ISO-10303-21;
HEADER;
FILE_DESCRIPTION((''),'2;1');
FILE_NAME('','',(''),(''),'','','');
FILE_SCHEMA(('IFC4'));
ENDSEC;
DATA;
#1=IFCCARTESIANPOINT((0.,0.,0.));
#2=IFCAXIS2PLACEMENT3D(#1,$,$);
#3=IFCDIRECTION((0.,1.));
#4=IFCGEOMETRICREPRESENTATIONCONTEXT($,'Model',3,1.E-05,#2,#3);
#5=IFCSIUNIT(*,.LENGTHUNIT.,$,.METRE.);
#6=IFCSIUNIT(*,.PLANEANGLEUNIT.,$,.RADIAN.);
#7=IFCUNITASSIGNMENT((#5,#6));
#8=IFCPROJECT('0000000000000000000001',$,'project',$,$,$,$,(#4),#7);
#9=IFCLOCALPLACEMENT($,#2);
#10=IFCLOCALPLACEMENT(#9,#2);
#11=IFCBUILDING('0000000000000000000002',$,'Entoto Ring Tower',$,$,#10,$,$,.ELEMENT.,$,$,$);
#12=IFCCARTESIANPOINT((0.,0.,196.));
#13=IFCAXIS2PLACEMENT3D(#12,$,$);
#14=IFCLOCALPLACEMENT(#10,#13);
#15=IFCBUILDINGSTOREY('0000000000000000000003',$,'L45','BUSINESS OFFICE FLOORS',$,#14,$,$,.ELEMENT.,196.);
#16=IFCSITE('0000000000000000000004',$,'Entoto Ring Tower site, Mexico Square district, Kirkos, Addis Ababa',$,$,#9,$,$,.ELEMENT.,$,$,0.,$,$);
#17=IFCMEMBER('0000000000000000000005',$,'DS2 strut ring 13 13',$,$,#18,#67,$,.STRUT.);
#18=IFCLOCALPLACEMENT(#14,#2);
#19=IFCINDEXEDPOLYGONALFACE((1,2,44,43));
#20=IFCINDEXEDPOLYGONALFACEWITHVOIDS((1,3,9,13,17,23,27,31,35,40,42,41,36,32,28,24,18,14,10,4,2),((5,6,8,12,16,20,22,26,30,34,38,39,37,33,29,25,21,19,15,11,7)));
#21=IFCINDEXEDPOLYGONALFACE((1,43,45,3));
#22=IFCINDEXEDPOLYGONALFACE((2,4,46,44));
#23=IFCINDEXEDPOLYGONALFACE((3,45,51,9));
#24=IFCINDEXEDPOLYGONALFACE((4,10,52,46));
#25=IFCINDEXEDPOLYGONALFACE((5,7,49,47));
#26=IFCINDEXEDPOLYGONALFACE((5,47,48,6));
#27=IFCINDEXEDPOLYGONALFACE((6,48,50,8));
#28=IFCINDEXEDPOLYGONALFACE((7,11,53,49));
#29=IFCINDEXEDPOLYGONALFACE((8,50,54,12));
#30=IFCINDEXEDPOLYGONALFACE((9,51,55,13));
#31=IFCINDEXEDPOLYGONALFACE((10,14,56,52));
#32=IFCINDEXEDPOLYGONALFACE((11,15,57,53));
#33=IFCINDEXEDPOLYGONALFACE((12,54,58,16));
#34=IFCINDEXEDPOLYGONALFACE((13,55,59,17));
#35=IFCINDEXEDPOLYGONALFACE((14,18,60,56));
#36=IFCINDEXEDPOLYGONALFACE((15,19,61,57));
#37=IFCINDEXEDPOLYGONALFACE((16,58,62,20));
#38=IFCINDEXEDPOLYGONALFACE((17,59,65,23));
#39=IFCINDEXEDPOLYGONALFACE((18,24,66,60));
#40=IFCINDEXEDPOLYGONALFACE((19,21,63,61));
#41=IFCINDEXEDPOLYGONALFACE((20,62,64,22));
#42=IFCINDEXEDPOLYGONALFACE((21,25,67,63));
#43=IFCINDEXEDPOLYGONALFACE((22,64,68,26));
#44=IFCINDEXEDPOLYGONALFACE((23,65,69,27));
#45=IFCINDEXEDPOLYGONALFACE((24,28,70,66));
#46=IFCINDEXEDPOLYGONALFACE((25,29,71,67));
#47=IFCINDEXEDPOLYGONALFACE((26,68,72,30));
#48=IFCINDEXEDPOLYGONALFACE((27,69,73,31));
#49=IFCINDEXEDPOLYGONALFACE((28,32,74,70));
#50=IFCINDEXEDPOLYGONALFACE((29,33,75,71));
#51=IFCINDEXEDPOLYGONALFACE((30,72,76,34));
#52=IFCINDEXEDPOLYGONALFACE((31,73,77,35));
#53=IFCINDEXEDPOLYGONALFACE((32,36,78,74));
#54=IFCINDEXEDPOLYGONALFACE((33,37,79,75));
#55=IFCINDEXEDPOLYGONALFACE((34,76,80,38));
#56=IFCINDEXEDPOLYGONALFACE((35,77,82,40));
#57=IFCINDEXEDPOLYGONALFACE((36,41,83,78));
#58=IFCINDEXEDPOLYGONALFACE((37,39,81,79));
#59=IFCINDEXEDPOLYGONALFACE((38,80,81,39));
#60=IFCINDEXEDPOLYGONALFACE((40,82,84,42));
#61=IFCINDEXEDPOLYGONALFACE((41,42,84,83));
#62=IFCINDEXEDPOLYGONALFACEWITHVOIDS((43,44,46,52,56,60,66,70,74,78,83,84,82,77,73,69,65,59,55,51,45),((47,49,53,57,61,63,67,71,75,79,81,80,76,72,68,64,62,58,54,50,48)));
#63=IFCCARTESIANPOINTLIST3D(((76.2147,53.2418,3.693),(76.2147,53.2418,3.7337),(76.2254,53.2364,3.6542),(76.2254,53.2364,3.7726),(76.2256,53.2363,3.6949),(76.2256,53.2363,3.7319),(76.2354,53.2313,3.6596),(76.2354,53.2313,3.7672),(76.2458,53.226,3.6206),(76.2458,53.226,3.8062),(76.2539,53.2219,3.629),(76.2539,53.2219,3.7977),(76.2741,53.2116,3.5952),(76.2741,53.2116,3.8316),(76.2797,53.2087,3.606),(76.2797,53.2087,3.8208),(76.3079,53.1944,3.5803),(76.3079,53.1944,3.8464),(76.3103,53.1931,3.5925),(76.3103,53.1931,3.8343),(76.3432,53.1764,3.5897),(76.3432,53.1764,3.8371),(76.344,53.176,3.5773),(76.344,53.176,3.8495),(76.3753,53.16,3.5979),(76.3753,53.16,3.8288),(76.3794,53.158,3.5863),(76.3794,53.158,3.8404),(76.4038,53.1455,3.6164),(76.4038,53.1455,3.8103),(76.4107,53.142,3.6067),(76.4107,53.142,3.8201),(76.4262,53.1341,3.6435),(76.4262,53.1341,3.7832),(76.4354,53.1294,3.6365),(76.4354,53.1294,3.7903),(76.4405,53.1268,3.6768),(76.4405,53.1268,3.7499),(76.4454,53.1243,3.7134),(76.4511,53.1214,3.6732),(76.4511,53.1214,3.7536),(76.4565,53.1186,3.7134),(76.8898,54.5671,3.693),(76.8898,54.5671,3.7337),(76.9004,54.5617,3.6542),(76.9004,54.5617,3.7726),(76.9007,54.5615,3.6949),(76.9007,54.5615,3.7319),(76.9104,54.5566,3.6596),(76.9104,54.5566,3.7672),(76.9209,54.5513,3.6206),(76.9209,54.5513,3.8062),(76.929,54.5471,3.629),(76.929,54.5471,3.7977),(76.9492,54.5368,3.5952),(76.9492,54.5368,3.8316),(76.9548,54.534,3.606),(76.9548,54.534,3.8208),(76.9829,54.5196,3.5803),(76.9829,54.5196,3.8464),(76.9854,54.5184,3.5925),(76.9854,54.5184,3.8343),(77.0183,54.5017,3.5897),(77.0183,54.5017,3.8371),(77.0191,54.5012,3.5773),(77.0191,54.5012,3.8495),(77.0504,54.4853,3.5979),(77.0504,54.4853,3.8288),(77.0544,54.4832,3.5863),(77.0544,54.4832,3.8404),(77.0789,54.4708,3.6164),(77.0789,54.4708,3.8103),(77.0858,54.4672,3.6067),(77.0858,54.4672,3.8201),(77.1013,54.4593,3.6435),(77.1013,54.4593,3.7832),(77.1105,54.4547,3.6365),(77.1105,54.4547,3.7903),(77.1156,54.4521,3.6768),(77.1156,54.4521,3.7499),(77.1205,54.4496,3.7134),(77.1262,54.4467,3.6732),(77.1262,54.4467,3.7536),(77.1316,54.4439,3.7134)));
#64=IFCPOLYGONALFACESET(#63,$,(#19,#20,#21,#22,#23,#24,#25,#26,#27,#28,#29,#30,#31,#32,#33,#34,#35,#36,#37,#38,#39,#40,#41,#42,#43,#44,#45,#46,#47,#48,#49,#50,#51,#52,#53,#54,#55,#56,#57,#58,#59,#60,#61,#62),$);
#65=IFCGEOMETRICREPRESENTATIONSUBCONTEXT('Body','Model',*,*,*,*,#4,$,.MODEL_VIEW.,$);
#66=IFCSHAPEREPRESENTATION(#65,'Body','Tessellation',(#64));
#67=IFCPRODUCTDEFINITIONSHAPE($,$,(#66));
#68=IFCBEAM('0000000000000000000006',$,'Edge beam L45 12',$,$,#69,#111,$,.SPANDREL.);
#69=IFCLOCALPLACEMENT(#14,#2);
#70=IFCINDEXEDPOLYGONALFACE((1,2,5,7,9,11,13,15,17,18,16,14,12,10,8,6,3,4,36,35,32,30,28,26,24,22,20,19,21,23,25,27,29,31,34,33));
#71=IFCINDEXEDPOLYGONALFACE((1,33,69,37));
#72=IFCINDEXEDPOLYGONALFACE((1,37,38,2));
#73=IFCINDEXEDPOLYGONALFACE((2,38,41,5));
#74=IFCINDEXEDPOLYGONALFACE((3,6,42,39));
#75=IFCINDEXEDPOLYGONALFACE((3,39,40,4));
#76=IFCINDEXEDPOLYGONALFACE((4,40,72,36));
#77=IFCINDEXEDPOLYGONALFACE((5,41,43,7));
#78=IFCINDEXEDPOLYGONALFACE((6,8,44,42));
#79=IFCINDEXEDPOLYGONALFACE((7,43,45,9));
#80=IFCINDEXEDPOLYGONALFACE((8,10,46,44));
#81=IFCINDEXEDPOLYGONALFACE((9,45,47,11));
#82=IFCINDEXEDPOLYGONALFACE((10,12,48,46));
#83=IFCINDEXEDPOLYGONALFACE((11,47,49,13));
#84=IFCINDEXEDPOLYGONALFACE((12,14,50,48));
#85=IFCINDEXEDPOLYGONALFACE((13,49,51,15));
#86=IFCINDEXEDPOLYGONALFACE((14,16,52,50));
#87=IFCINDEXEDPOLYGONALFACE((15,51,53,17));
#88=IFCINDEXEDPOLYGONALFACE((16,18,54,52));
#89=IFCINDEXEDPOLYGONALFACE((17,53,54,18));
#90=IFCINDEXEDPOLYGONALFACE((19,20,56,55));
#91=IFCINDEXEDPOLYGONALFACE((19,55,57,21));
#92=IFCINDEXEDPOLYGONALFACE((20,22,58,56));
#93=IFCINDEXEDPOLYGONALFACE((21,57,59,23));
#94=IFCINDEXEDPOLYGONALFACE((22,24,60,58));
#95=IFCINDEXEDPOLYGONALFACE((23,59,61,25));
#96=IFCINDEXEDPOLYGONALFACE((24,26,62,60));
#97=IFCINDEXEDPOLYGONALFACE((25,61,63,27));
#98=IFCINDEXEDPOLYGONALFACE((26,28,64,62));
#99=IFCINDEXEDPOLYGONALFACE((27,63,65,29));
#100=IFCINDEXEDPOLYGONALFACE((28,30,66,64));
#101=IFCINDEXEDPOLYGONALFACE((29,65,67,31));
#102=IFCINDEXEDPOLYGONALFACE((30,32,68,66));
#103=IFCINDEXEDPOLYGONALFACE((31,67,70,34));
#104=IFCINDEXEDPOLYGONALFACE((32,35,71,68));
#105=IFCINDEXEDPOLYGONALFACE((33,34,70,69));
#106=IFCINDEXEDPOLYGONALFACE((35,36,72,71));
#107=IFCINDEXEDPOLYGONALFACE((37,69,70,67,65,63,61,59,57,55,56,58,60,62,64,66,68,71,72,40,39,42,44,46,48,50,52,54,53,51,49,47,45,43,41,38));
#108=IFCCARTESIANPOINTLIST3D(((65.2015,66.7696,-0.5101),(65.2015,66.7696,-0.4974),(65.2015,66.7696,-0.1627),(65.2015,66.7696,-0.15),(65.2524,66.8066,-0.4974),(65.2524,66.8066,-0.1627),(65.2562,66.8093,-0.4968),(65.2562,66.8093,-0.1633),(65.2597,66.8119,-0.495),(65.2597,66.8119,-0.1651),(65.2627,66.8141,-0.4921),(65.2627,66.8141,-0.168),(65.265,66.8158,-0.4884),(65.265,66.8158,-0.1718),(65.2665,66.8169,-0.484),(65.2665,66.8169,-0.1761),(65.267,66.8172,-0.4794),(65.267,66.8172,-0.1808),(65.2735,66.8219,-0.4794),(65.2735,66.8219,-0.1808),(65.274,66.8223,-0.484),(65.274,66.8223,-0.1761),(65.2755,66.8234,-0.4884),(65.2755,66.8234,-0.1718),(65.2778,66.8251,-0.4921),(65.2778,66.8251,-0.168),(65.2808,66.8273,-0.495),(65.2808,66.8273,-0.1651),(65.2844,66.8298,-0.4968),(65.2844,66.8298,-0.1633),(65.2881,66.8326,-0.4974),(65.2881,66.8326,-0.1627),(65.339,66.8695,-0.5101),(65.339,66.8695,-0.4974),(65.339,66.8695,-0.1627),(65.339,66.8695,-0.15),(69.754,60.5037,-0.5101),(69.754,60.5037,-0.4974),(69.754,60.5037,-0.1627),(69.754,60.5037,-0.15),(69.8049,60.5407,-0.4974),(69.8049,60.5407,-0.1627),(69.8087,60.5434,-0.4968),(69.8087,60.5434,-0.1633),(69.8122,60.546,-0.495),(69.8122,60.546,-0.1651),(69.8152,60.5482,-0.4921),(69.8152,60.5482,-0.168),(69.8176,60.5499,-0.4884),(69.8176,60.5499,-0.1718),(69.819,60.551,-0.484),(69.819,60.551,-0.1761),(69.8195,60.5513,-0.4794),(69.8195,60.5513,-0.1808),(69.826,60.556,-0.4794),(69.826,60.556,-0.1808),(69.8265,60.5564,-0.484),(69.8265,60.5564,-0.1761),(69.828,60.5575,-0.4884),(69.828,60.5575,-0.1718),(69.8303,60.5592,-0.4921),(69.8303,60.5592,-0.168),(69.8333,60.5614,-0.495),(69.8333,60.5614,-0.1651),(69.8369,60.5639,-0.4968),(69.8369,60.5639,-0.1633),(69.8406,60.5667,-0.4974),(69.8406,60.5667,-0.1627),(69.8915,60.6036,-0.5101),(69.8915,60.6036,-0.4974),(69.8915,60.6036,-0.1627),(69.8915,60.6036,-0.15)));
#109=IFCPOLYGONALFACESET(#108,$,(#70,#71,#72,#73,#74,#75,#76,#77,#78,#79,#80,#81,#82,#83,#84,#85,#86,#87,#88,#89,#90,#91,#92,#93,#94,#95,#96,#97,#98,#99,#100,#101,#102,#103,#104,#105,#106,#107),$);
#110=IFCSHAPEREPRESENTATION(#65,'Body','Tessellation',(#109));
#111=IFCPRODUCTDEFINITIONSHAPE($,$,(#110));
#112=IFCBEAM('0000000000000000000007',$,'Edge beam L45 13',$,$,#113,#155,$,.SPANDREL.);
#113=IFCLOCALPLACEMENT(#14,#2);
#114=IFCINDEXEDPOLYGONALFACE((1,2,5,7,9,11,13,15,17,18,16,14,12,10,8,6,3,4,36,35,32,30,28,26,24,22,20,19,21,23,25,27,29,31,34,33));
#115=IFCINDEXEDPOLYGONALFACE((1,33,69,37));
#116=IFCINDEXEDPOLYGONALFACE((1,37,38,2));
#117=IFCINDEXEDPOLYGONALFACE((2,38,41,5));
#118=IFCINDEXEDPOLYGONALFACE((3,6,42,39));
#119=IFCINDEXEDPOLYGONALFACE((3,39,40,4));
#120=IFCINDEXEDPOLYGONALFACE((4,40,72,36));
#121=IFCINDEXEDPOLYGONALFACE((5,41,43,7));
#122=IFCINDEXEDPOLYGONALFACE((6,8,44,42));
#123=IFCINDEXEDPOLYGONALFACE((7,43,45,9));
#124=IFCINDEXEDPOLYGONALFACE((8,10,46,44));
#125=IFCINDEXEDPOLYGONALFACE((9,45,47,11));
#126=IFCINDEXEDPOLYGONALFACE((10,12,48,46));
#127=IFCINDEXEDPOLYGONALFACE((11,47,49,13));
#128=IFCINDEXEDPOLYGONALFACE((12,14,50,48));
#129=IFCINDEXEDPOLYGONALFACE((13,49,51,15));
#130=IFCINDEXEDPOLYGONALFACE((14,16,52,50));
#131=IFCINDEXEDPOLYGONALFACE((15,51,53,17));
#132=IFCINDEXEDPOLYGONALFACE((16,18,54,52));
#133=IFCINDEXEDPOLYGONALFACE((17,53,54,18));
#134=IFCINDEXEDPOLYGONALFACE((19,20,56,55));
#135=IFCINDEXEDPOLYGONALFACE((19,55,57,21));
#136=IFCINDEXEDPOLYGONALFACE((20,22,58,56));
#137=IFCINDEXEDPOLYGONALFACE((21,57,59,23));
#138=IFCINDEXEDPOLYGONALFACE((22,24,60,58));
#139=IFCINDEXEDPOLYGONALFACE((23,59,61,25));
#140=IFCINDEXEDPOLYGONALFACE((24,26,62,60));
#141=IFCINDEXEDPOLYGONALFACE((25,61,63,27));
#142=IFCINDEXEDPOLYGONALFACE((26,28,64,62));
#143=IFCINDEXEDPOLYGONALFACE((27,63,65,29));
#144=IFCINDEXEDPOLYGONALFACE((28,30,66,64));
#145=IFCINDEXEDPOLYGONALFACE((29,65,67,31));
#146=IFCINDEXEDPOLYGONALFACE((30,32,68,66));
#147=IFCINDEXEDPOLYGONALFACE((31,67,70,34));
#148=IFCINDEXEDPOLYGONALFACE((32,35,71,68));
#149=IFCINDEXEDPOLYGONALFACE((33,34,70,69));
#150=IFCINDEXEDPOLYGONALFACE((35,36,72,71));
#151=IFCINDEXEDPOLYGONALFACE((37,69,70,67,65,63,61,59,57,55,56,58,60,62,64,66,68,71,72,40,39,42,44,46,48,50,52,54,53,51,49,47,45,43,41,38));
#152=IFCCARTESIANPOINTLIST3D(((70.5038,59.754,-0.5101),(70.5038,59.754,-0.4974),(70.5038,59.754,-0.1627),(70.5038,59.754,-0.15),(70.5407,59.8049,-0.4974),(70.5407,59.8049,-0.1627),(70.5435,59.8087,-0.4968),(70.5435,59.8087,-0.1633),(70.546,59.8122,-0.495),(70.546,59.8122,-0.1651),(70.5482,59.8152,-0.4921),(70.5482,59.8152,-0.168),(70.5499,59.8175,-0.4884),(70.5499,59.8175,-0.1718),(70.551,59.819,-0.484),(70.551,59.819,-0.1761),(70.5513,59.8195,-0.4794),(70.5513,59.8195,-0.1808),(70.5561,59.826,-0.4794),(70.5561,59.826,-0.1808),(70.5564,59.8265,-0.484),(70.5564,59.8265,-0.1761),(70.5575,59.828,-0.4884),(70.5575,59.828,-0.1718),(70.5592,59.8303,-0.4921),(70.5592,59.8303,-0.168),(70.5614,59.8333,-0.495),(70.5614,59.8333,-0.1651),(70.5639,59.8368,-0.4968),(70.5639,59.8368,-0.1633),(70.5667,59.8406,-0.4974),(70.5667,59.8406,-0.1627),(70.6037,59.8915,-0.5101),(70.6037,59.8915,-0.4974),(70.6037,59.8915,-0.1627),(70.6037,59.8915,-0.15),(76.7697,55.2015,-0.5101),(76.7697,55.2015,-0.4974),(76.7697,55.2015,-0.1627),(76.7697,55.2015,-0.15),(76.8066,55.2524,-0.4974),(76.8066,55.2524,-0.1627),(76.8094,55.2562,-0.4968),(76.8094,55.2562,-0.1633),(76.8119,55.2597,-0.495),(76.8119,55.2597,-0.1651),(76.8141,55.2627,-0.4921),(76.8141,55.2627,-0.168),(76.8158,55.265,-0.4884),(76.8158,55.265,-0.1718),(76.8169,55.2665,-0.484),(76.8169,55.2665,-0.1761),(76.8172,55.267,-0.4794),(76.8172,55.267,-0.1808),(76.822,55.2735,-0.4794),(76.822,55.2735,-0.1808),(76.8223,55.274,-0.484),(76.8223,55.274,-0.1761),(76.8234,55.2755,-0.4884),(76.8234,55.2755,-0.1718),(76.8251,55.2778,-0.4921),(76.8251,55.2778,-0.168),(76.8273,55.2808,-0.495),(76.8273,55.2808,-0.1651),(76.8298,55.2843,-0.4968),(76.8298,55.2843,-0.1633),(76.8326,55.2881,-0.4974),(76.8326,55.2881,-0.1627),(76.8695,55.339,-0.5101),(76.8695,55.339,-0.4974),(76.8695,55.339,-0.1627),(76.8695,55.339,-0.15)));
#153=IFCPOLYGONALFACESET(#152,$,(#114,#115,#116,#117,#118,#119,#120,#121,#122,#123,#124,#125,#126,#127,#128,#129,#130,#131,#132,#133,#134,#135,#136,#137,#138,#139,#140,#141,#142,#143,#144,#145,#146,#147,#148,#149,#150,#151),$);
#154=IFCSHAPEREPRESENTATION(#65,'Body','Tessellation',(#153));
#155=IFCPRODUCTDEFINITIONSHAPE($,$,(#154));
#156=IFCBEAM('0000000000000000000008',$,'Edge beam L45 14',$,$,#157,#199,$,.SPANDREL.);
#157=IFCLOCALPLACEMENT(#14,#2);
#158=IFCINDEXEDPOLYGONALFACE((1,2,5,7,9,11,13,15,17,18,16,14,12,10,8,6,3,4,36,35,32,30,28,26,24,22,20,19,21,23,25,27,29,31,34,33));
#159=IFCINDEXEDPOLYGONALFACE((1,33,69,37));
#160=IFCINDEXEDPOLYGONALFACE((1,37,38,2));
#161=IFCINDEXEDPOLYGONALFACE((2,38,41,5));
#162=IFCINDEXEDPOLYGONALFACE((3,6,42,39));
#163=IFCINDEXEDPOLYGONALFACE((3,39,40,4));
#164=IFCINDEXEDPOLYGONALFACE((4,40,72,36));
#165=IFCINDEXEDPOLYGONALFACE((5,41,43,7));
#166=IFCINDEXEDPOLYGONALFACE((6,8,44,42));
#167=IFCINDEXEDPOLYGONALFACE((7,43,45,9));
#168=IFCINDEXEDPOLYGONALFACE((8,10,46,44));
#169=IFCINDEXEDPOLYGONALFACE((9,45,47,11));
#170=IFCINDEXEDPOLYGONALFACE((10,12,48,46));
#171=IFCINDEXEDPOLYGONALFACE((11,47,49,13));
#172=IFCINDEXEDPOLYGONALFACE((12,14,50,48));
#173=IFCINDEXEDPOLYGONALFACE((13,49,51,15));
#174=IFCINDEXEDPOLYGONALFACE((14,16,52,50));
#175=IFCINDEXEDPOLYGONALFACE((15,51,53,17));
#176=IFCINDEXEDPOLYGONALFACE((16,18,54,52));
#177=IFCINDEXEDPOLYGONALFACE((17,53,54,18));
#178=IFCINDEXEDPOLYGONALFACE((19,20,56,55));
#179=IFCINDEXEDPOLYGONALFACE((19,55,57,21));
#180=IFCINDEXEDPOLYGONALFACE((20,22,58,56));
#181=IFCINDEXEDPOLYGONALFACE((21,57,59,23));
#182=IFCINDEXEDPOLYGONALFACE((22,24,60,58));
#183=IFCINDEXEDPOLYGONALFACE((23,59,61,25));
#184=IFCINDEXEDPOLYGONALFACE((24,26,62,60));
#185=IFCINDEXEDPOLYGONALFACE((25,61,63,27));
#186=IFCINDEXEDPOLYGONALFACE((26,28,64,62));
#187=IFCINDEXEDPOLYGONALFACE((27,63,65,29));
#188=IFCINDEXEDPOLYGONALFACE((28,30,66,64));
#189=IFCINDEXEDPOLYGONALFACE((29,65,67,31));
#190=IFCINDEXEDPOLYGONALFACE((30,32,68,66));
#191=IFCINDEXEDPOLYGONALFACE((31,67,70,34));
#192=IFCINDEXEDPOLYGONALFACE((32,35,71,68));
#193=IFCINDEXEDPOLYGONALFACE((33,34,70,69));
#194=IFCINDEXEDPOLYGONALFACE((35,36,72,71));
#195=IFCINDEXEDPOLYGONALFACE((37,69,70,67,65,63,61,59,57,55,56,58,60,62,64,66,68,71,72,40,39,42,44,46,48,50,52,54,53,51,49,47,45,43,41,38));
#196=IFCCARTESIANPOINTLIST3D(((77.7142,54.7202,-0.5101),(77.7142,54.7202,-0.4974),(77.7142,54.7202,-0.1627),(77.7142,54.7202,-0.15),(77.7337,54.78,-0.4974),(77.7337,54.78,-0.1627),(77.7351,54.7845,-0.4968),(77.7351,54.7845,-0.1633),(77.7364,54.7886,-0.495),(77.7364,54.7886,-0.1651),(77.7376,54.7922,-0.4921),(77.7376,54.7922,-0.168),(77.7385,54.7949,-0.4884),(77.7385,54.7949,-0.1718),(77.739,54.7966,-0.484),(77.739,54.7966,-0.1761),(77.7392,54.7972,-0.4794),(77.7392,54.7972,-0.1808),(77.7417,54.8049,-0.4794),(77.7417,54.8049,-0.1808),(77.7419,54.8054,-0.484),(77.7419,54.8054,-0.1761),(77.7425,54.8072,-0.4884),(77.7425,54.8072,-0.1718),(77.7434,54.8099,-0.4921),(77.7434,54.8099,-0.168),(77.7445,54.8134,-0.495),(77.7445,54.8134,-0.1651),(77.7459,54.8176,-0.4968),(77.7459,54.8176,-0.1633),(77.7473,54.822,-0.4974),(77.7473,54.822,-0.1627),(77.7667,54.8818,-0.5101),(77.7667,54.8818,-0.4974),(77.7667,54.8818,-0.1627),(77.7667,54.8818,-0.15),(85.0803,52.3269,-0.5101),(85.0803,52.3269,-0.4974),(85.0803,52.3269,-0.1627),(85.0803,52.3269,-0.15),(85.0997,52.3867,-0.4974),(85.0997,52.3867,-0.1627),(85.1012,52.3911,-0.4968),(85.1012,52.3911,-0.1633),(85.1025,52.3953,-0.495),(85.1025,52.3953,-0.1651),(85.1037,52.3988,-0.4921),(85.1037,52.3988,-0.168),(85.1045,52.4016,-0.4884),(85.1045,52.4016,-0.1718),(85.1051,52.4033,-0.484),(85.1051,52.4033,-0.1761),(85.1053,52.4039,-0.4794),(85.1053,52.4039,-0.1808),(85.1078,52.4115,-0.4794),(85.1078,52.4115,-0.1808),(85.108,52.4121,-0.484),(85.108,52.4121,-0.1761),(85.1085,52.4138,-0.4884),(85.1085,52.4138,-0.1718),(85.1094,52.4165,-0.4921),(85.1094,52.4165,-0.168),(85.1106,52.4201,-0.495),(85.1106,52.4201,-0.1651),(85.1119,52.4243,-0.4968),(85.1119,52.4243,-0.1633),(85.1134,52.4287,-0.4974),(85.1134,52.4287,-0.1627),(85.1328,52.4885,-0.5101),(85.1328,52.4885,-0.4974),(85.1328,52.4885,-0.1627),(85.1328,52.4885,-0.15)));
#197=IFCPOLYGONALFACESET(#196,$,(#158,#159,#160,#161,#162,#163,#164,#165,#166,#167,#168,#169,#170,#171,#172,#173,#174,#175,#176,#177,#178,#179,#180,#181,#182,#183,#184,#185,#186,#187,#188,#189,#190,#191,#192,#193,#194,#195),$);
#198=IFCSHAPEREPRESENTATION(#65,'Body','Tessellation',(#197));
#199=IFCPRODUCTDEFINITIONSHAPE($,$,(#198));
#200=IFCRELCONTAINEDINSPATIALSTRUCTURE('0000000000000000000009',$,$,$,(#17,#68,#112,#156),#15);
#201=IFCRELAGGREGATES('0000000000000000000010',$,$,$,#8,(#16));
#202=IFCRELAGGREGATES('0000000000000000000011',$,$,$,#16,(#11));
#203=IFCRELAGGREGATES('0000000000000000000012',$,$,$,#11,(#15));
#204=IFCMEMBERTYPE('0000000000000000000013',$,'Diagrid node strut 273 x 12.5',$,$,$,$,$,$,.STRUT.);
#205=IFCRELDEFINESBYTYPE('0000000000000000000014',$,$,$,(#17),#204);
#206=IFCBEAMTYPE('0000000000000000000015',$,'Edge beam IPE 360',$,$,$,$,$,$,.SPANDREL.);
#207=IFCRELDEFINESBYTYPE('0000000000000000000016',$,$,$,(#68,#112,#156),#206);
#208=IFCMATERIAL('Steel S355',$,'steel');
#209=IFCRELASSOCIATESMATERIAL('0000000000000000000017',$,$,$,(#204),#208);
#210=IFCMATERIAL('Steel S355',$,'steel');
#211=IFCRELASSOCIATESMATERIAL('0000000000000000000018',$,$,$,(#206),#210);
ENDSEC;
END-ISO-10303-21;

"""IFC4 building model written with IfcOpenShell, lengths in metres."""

from ifc_helpers import new_model, si_unit, direction, frame, origin, origin_2d, place, context, subcontext, project, spatial, circle, hollow_circle, i_section, extrude, material, material_profile, profile_set, type_object, element, save


model = new_model("IFC4")

# Units and contexts
model_context = context("Model", 3, precision=1e-05, world=origin(), true_north=direction((0.0, 1.0)))
body_context = subcontext(model_context, "Body", "Model", "MODEL_VIEW")
ifc_project = project(units=[si_unit("LENGTHUNIT", "METRE"), si_unit("PLANEANGLEUNIT", "RADIAN")], contexts=[model_context])

# Site, building, storey
site_placement = place(None, origin())
site = spatial("IfcSite", under=ifc_project, at=site_placement, Name="Entoto Ring Tower site, Mexico Square district, Kirkos, Addis Ababa", CompositionType="ELEMENT", RefElevation=0.0)
building_placement = place(site_placement, origin())
building = spatial("IfcBuilding", under=site, at=building_placement, Name="Entoto Ring Tower", CompositionType="ELEMENT")
storey_placement = place(building_placement, frame((0.0, 0.0, 196.0)))
storey = spatial("IfcBuildingStorey", under=building, at=storey_placement, Name="L45", Description="BUSINESS OFFICE FLOORS", CompositionType="ELEMENT", Elevation=196.0)

# Member
ifc_material_1 = material(Name="Steel S355", Category="steel")
ifc_material_profile_1 = material_profile(ifc_material_1, hollow_circle(Radius=0.1365, WallThickness=0.0125, at=origin_2d()), Name="CHS 273 x 12.5")
ifc_material_2 = material(Name="Concrete C60/75", Category="concrete")
ifc_material_profile_2 = material_profile(ifc_material_2, circle(Radius=0.124, at=origin_2d()), Name="Concrete C60/75 infill")
ifc_profile_set_1 = profile_set([ifc_material_profile_1, ifc_material_profile_2], Name="Steel S355")
member_type = type_object("IfcMemberType", Name="Diagrid node strut 273 x 12.5", PredefinedType="STRUT", material=ifc_profile_set_1)
for number, where, z_axis, x_axis, name in (
    (1, (77.01, 54.5059, 3.7134), (-0.453899, -0.891053, 0.0), (0.891053, -0.453899, 0.0), "DS2 strut ring 13 13"),
):
    element("IfcMember", number, at=place(storey_placement, frame(where, z_axis=z_axis, x_axis=x_axis)), inside=storey, type_object=member_type, Name=name, PredefinedType="STRUT", context=body_context, shape_type="SweptSolid", body=[
        extrude(hollow_circle(Radius=0.1365, WallThickness=0.0125, at=origin_2d()), origin(), (0.0, 0.0, 1.0), 1.4873),
    ])

# Beams
ifc_material_3 = material(Name="Steel S355", Category="steel")
ifc_material_profile_3 = material_profile(ifc_material_3, i_section(OverallWidth=0.1699, OverallDepth=0.3601, WebThickness=0.0081, FlangeThickness=0.0127, FilletRadius=0.0181, at=origin_2d()), Name="IPE 360")
ifc_profile_set_2 = profile_set([ifc_material_profile_3], Name="Steel S355")
beam_type_1 = type_object("IfcBeamType", Name="Edge beam IPE 360", PredefinedType="SPANDREL", material=ifc_profile_set_2)
for number, where, z_axis, x_axis, name in (
    (2, (65.2703, 66.8196, -0.3301), (0.587791, -0.809013, 0.0), (0.809013, 0.587791, 0.0), "Edge beam L45 12"),
    (3, (70.5537, 59.8228, -0.3301), (0.809013, -0.587791, 0.0), (0.587791, 0.809013, 0.0), "Edge beam L45 13"),
    (4, (77.7405, 54.801, -0.3301), (0.951058, -0.309013, 0.0), (0.309013, 0.951058, 0.0), "Edge beam L45 14"),
):
    element("IfcBeam", number, at=place(storey_placement, frame(where, z_axis=z_axis, x_axis=x_axis)), inside=storey, type_object=beam_type_1, Name=name, PredefinedType="SPANDREL", context=body_context, shape_type="SweptSolid", body=[
        extrude(i_section(OverallWidth=0.1699, OverallDepth=0.3601, WebThickness=0.0081, FlangeThickness=0.0127, FilletRadius=0.0181, at=origin_2d()), origin(), (0.0, 0.0, 1.0), 7.7451),
    ])

save(model, "model.ifc")
